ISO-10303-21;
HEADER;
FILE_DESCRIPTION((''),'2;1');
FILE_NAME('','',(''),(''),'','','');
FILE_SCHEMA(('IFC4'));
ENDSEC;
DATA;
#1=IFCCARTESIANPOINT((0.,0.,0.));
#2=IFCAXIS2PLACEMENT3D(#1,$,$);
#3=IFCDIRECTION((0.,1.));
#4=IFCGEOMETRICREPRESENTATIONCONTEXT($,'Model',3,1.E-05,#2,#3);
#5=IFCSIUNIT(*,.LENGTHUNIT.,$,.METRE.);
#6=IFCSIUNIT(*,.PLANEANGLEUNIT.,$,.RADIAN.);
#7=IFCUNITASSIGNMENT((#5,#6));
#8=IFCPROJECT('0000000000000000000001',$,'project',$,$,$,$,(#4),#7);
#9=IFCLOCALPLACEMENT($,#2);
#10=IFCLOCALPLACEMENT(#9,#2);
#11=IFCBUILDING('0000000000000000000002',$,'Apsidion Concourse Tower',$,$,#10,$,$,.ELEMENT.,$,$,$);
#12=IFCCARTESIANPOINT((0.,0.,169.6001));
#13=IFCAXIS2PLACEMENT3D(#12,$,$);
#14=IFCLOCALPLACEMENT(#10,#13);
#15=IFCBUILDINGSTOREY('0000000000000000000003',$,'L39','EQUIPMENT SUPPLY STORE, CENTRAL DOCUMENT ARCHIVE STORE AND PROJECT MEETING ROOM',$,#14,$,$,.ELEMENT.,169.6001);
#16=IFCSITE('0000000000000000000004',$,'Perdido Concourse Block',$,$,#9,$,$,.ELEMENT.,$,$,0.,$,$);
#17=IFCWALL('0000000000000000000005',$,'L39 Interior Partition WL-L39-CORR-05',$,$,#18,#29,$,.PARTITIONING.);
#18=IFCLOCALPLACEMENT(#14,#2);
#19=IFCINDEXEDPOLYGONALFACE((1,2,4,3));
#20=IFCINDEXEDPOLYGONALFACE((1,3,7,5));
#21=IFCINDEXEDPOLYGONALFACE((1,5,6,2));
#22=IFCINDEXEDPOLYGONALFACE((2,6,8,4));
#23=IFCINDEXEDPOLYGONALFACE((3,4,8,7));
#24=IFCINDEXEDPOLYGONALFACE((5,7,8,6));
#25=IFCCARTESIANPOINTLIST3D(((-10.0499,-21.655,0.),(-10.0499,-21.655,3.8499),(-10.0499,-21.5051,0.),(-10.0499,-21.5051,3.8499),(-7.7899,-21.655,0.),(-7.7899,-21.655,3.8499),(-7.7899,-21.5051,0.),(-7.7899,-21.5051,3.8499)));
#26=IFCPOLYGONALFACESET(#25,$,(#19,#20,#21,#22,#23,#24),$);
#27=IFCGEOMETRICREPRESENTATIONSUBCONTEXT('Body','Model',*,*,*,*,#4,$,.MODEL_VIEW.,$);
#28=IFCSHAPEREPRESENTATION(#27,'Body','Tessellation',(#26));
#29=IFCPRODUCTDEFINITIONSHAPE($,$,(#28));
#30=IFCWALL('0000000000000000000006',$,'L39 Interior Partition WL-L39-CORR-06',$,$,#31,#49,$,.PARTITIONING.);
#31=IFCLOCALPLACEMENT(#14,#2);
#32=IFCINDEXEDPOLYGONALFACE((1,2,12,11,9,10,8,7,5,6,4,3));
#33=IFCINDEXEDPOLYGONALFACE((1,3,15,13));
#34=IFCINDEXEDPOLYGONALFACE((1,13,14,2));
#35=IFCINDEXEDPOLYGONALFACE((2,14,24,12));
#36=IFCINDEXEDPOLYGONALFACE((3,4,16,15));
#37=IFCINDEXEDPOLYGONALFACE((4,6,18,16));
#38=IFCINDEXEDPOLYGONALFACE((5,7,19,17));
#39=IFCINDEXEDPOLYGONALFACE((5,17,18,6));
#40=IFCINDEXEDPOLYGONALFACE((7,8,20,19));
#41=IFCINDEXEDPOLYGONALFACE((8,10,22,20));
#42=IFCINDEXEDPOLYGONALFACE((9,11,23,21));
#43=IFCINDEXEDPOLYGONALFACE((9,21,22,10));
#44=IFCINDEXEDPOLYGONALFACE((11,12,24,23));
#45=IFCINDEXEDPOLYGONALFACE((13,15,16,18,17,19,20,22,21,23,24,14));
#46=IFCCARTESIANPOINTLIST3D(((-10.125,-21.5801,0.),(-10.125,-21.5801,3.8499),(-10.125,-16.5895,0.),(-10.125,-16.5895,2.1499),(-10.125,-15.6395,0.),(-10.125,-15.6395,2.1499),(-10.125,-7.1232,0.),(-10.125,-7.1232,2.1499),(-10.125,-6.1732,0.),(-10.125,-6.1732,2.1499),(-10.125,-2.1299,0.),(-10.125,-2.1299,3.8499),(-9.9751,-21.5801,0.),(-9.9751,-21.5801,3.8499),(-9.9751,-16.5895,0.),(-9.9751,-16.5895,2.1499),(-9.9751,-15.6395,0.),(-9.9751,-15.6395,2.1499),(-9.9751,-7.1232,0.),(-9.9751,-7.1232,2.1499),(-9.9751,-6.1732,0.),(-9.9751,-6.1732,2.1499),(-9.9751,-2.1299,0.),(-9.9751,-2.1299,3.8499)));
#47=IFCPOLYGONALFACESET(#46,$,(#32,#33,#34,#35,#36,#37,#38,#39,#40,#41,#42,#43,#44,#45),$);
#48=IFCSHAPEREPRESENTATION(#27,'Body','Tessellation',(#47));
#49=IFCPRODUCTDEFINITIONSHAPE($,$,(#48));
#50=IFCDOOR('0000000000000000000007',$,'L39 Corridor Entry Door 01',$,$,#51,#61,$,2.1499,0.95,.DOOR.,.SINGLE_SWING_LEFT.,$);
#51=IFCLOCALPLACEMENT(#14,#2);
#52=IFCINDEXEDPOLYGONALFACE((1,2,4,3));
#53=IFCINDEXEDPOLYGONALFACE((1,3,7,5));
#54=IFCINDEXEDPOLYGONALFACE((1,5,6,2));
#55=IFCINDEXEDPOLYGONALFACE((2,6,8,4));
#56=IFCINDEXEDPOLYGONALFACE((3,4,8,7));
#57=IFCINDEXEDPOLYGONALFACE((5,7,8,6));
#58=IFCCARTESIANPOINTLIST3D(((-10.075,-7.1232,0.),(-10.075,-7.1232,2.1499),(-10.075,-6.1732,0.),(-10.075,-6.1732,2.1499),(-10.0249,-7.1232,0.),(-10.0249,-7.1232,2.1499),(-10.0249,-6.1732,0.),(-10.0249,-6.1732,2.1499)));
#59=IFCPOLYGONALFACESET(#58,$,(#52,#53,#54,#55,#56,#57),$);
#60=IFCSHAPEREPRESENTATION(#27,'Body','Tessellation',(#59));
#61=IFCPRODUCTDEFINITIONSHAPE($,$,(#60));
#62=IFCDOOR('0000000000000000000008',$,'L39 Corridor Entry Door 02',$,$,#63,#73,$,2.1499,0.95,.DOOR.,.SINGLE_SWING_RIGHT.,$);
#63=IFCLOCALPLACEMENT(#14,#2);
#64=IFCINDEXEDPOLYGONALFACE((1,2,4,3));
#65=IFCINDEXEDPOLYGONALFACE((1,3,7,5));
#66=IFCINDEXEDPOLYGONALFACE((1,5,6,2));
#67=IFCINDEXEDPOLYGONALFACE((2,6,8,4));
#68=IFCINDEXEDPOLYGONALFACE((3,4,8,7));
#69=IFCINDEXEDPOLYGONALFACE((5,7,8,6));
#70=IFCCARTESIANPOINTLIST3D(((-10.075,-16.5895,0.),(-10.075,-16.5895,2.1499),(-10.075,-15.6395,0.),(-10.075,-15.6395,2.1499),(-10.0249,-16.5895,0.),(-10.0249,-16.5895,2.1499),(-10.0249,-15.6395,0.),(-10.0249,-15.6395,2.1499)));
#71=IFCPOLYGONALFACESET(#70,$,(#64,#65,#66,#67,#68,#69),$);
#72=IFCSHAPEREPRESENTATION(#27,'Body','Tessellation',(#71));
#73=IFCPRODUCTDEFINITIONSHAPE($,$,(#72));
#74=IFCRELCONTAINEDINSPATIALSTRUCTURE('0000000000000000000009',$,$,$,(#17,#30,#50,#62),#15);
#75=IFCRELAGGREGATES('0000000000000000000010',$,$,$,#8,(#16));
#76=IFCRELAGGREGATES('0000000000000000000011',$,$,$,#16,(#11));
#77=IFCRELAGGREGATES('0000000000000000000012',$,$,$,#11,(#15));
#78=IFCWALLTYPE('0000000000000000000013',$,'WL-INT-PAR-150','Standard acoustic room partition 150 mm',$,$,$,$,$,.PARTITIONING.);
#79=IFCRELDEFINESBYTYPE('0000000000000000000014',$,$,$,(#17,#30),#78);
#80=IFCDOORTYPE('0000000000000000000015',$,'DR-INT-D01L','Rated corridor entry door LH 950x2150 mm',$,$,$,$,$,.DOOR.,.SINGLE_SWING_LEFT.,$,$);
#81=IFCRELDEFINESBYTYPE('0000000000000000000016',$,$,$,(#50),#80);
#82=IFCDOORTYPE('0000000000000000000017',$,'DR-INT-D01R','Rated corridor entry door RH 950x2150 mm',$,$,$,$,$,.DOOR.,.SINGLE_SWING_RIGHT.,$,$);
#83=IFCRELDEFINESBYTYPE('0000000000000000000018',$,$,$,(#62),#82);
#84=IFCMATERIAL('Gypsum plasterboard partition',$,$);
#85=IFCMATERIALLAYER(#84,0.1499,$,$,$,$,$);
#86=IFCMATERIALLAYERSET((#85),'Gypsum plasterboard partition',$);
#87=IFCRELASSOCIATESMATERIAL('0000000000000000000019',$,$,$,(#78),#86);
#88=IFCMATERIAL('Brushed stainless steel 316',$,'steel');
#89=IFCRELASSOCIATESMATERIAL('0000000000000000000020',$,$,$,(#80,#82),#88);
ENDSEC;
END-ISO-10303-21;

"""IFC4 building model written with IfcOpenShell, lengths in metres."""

from ifc_helpers import new_model, si_unit, direction, frame, frame_2d, origin, place, context, subcontext, project, spatial, rectangle, extrude, material, layer, layer_set, type_object, element, fill, save


model = new_model("IFC4")

# Units and contexts
model_context = context("Model", 3, precision=1e-05, world=origin(), true_north=direction((0.0, 1.0)))
body_context = subcontext(model_context, "Body", "Model", "MODEL_VIEW")
ifc_project = project(units=[si_unit("LENGTHUNIT", "METRE"), si_unit("PLANEANGLEUNIT", "RADIAN")], contexts=[model_context])

# Site, building, storey
site_placement = place(None, origin())
site = spatial("IfcSite", under=ifc_project, at=site_placement, Name="Perdido Concourse Block", CompositionType="ELEMENT", RefElevation=0.0)
building_placement = place(site_placement, origin())
building = spatial("IfcBuilding", under=site, at=building_placement, Name="Apsidion Concourse Tower", CompositionType="ELEMENT")
storey_placement = place(building_placement, frame((0.0, 0.0, 169.6001)))
storey = spatial("IfcBuildingStorey", under=building, at=storey_placement, Name="L39", Description="EQUIPMENT SUPPLY STORE, CENTRAL DOCUMENT ARCHIVE STORE AND PROJECT MEETING ROOM", CompositionType="ELEMENT", Elevation=169.6001)

# Wall
ifc_material_1 = material(Name="Gypsum plasterboard partition")
ifc_layer_1 = layer(ifc_material_1, 0.1499)
ifc_layer_set_1 = layer_set([ifc_layer_1], Name="Gypsum plasterboard partition")
wall_type_1 = type_object("IfcWallType", Name="WL-INT-PAR-150", Description="Standard acoustic room partition 150 mm", PredefinedType="PARTITIONING", material=ifc_layer_set_1)
wall_1_placement = place(storey_placement, frame((-7.79, -21.5801, 0.0), z_axis=(0.0, 0.0, 1.0), x_axis=(-1.0, 0.0, 0.0)))
element("IfcWall", 1, at=wall_1_placement, inside=storey, type_object=wall_type_1, Name="L39 Interior Partition WL-L39-CORR-05", PredefinedType="PARTITIONING", context=body_context, shape_type="SweptSolid", body=[
    extrude(rectangle(XDim=2.26, YDim=0.1499, at=frame_2d((1.1299, 0.0))), origin(), (0.0, 0.0, 1.0), 3.8499),
])

# Wall, openings, doors
wall_2_placement = place(storey_placement, frame((-10.05, -21.5801, 0.0), z_axis=(0.0, 0.0, 1.0), x_axis=(0.0, 1.0, 0.0)))
wall_2 = element("IfcWall", 2, at=wall_2_placement, inside=storey, type_object=wall_type_1, Name="L39 Interior Partition WL-L39-CORR-06", PredefinedType="PARTITIONING", context=body_context, shape_type="SweptSolid", body=[
    extrude(rectangle(XDim=19.4502, YDim=0.1499, at=frame_2d((9.7251, 0.0))), origin(), (0.0, 0.0, 1.0), 3.8499),
])
opening_1_placement = place(wall_2_placement, frame((14.4568, 0.0, 0.0)))
opening_1 = element("IfcOpeningElement", 3, at=opening_1_placement, cuts=wall_2, PredefinedType="OPENING", context=body_context, shape_type="SweptSolid", body=[
    extrude(rectangle(XDim=0.95, YDim=2.1499, at=frame_2d((0.4751, 1.075))), frame((0.0, 0.085, 0.0), z_axis=(0.0, -1.0, 0.0), x_axis=(1.0, 0.0, 0.0)), (0.0, 0.0, 1.0), 0.1699),
])
opening_2_placement = place(wall_2_placement, frame((4.9905, 0.0, 0.0)))
opening_2 = element("IfcOpeningElement", 4, at=opening_2_placement, cuts=wall_2, PredefinedType="OPENING", context=body_context, shape_type="SweptSolid", body=[
    extrude(rectangle(XDim=0.95, YDim=2.1499, at=frame_2d((0.4751, 1.075))), frame((0.0, 0.085, 0.0), z_axis=(0.0, -1.0, 0.0), x_axis=(1.0, 0.0, 0.0)), (0.0, 0.0, 1.0), 0.1699),
])
ifc_material_2 = material(Name="Brushed stainless steel 316", Category="steel")
door_type_1 = type_object("IfcDoorType", Name="DR-INT-D01L", Description="Rated corridor entry door LH 950x2150 mm", OperationType="SINGLE_SWING_LEFT", PredefinedType="DOOR", material=ifc_material_2)
door_1_placement = place(opening_1_placement, origin())
door_1 = element("IfcDoor", 5, at=door_1_placement, inside=storey, type_object=door_type_1, Name="L39 Corridor Entry Door 01", OperationType="SINGLE_SWING_LEFT", OverallHeight=2.1499, OverallWidth=0.95, PredefinedType="DOOR", context=body_context, shape_type="SweptSolid", body=[
    extrude(rectangle(XDim=0.95, YDim=2.1499, at=frame_2d((0.4751, 1.075))), frame((0.0, 0.0249, 0.0), z_axis=(0.0, -1.0, 0.0), x_axis=(1.0, 0.0, 0.0)), (0.0, 0.0, 1.0), 0.05),
])
fill(opening_1, door_1)
door_type_2 = type_object("IfcDoorType", Name="DR-INT-D01R", Description="Rated corridor entry door RH 950x2150 mm", OperationType="SINGLE_SWING_RIGHT", PredefinedType="DOOR", material=ifc_material_2)
door_2_placement = place(opening_2_placement, origin())
door_2 = element("IfcDoor", 6, at=door_2_placement, inside=storey, type_object=door_type_2, Name="L39 Corridor Entry Door 02", OperationType="SINGLE_SWING_RIGHT", OverallHeight=2.1499, OverallWidth=0.95, PredefinedType="DOOR", context=body_context, shape_type="SweptSolid", body=[
    extrude(rectangle(XDim=0.95, YDim=2.1499, at=frame_2d((0.4751, 1.075))), frame((0.0, 0.0249, 0.0), z_axis=(0.0, -1.0, 0.0), x_axis=(1.0, 0.0, 0.0)), (0.0, 0.0, 1.0), 0.05),
])
fill(opening_2, door_2)

save(model, "model.ifc")
